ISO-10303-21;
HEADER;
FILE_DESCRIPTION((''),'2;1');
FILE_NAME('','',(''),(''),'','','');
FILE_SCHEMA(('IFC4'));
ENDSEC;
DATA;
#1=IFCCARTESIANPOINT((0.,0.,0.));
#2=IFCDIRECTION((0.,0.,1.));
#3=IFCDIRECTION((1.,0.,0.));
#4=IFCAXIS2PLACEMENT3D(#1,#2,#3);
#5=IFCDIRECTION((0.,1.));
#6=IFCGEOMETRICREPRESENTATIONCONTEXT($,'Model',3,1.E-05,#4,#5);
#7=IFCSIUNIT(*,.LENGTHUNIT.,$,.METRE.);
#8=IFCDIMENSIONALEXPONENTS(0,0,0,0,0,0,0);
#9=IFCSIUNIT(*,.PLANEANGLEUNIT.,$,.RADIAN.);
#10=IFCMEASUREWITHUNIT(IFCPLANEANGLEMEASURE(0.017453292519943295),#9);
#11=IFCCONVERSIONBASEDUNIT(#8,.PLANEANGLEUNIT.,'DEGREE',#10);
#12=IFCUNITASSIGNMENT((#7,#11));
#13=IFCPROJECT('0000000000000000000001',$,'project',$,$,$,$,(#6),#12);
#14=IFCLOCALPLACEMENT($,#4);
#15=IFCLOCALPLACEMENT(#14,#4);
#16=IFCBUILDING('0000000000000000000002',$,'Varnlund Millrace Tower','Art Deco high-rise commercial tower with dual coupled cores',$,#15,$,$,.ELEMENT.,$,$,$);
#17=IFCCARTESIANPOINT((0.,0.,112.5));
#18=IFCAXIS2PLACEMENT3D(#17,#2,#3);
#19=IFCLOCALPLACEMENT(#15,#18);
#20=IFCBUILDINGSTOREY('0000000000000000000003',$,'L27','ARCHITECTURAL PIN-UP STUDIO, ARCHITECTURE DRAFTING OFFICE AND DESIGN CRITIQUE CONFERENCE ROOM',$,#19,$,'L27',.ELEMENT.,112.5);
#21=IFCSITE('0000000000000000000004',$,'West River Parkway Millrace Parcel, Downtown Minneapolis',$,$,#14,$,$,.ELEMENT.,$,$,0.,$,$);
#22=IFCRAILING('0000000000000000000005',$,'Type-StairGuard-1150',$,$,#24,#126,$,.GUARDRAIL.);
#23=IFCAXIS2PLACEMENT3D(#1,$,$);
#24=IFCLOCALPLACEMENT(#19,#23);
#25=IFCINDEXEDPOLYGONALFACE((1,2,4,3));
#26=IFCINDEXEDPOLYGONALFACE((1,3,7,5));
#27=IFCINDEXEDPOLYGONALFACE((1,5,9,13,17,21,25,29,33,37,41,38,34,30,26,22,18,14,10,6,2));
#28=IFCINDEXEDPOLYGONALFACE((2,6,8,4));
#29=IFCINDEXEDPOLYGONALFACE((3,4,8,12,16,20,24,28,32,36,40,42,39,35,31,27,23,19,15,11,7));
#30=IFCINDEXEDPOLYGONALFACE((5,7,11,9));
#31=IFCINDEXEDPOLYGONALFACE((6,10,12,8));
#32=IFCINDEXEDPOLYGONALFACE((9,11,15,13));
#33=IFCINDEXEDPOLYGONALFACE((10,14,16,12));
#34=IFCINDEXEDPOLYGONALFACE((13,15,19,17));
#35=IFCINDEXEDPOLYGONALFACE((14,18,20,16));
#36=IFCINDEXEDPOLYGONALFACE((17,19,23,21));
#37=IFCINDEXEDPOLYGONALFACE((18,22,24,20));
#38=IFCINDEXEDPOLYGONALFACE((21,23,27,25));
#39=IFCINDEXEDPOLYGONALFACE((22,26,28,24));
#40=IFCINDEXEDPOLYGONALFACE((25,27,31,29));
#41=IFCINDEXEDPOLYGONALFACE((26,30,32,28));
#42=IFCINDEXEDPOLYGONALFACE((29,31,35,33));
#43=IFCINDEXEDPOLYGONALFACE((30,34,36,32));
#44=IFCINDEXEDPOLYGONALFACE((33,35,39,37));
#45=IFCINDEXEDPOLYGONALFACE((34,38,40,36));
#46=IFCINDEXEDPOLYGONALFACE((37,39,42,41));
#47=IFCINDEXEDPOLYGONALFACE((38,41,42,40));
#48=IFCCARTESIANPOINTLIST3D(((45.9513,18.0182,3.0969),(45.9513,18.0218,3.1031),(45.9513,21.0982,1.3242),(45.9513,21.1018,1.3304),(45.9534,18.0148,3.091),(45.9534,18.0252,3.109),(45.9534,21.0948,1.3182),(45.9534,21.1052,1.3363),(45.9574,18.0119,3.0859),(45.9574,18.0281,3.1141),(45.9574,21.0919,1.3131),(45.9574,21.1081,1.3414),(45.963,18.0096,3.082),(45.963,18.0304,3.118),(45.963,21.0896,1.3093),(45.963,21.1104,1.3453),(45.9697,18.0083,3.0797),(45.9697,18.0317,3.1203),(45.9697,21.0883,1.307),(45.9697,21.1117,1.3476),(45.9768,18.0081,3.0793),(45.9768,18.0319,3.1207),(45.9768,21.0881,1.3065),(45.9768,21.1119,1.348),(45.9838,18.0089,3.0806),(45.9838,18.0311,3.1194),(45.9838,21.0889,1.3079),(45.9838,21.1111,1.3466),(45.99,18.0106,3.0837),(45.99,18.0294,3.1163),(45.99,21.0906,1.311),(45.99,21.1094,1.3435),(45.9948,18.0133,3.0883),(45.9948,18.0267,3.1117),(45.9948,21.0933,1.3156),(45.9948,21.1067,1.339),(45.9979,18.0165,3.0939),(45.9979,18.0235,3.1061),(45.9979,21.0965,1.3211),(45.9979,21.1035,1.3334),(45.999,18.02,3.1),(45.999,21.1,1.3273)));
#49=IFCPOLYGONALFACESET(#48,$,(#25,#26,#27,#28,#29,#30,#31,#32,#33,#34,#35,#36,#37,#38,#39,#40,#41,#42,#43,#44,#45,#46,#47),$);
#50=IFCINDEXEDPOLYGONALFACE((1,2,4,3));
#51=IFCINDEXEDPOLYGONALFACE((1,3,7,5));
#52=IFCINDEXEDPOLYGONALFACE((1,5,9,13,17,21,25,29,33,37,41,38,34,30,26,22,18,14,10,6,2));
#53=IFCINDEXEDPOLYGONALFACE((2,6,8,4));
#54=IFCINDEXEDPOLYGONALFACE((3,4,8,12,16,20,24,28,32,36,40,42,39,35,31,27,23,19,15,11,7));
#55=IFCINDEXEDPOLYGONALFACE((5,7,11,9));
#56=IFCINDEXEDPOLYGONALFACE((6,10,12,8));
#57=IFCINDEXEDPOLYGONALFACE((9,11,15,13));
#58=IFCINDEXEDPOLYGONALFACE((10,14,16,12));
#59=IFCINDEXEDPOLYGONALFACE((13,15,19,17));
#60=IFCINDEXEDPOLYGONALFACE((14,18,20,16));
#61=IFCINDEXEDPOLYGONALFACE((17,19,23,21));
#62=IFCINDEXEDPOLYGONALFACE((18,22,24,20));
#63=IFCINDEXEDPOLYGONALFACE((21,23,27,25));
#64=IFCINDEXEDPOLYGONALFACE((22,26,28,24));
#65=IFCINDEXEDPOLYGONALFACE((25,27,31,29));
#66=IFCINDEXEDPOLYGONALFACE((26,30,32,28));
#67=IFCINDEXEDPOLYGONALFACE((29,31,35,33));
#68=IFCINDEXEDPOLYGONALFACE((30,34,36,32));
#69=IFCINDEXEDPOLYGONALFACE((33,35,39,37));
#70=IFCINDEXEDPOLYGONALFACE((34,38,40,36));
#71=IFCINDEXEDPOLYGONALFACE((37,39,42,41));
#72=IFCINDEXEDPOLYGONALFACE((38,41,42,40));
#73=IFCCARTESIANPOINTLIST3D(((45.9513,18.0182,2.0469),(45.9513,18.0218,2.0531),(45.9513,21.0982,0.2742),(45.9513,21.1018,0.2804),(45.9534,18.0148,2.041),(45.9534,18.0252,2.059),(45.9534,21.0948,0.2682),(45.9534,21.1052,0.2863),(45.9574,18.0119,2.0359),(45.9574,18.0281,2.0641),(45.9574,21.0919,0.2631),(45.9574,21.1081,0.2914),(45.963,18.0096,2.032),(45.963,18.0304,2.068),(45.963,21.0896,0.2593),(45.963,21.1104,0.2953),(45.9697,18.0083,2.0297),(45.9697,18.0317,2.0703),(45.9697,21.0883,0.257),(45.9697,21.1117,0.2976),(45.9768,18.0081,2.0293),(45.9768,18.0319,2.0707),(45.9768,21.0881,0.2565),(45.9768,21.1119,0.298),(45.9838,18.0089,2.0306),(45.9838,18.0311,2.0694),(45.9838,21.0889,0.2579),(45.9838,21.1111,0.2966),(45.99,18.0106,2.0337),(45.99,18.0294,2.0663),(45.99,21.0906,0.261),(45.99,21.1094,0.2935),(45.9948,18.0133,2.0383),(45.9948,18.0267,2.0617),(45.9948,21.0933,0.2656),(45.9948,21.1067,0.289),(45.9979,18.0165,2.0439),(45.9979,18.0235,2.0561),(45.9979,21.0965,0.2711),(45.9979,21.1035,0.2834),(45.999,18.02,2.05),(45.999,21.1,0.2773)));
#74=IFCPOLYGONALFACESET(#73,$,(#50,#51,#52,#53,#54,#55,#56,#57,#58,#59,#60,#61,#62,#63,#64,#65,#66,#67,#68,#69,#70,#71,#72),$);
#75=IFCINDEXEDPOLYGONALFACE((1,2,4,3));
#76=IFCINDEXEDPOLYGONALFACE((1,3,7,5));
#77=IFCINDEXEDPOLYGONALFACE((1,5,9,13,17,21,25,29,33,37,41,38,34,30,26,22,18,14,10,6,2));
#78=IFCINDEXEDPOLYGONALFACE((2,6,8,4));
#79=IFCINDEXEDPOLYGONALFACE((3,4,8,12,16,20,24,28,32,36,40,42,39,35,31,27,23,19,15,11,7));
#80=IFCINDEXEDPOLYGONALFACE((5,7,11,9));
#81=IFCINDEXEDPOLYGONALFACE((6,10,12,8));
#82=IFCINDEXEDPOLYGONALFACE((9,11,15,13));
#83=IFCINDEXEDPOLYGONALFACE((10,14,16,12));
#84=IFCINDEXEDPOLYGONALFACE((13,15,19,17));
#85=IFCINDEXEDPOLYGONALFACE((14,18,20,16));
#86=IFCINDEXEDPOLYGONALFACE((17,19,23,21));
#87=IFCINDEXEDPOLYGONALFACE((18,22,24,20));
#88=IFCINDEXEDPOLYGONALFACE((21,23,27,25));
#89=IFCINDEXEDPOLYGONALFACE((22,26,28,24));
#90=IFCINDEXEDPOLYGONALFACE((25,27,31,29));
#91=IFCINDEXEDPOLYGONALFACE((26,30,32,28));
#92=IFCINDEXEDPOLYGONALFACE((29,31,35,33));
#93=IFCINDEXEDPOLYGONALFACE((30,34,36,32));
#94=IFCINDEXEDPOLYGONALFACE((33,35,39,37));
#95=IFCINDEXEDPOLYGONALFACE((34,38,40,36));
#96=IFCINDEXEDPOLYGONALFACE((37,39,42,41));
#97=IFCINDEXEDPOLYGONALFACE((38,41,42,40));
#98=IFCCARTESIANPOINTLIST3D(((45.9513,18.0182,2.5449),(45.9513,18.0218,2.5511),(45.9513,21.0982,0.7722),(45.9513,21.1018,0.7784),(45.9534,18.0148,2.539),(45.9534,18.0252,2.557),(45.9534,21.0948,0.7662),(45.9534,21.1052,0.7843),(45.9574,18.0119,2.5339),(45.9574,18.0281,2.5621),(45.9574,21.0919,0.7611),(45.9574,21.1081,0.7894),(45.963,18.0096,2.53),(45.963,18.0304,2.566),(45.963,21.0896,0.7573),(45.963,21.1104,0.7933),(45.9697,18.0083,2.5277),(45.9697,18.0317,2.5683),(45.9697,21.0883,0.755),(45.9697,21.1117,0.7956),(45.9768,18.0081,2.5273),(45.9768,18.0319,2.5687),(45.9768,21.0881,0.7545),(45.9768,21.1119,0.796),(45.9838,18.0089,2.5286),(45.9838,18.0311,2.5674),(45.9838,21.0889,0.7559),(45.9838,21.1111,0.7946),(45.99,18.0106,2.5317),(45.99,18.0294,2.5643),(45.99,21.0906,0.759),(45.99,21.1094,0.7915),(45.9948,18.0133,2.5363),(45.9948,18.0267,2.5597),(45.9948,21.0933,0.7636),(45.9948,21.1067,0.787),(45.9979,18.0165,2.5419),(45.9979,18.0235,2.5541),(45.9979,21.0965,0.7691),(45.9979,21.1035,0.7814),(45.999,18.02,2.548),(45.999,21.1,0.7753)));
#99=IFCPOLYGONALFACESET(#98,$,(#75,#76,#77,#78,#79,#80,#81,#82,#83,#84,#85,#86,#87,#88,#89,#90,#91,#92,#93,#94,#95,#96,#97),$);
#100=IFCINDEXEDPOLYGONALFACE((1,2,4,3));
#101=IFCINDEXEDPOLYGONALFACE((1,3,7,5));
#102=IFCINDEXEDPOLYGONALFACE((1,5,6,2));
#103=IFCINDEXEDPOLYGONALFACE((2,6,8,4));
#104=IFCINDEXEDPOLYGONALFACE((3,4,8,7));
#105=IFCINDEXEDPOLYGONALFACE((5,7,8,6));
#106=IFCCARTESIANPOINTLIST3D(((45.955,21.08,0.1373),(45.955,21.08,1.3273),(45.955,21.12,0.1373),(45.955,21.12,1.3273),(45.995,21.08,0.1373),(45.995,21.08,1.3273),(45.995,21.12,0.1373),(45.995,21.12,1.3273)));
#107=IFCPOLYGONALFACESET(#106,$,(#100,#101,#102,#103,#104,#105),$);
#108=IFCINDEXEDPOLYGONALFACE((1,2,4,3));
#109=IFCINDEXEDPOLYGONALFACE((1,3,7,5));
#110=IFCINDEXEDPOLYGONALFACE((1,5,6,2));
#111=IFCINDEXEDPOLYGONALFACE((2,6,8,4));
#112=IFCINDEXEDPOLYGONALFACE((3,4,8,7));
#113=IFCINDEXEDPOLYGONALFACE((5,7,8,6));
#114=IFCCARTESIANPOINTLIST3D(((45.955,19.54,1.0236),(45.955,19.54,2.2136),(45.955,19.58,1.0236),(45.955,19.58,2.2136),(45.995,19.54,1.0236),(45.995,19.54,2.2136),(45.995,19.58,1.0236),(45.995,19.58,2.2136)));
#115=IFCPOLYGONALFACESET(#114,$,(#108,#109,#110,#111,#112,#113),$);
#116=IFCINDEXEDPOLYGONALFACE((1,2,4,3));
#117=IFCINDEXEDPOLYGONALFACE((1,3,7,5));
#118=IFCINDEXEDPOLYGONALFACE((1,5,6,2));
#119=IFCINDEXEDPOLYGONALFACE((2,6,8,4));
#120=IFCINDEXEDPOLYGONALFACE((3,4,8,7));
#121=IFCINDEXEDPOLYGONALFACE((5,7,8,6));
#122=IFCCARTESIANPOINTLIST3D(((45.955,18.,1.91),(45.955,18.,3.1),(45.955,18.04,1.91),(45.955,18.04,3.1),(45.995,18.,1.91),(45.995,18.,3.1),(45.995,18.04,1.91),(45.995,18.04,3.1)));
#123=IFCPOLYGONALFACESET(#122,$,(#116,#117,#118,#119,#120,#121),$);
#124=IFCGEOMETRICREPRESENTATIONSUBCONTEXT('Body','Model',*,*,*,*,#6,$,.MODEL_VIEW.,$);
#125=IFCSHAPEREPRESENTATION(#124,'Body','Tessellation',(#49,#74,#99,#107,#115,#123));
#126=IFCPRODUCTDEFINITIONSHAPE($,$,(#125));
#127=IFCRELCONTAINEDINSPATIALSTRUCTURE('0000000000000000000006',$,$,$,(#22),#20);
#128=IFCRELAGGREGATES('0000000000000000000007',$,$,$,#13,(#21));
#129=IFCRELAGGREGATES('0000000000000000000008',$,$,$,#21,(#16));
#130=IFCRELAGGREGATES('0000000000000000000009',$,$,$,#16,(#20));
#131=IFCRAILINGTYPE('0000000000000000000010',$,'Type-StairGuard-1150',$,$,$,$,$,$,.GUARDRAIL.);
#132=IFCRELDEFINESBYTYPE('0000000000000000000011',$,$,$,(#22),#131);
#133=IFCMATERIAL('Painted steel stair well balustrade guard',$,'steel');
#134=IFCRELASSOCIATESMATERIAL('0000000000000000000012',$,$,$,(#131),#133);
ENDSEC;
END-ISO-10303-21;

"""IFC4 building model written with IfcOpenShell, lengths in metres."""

from ifc_helpers import new_model, entity, si_unit, converted_unit, direction, frame, origin_with_axes, origin_2d_with_axis, place, context, subcontext, project, spatial, rectangle, circle, extrude, material, type_object, element, save


model = new_model("IFC4")

# Units and contexts
model_context = context("Model", 3, precision=1e-05, world=origin_with_axes(), true_north=direction((0.0, 1.0)))
body_context = subcontext(model_context, "Body", "Model", "MODEL_VIEW")
ifc_project = project(units=[si_unit("LENGTHUNIT", "METRE"), converted_unit("PLANEANGLEUNIT", "DEGREE", entity("IfcPlaneAngleMeasure", 0.017453292519943295), si_unit("PLANEANGLEUNIT", "RADIAN"), dimensions=[0, 0, 0, 0, 0, 0, 0])], contexts=[model_context])

# Site, building, storey
site_placement = place(None, origin_with_axes())
site = spatial("IfcSite", under=ifc_project, at=site_placement, Name="West River Parkway Millrace Parcel, Downtown Minneapolis", CompositionType="ELEMENT", RefElevation=0.0)
building_placement = place(site_placement, origin_with_axes())
building = spatial("IfcBuilding", under=site, at=building_placement, Name="Varnlund Millrace Tower", Description="Art Deco high-rise commercial tower with dual coupled cores", CompositionType="ELEMENT")
storey_placement = place(building_placement, frame((0.0, 0.0, 112.5), z_axis=(0.0, 0.0, 1.0), x_axis=(1.0, 0.0, 0.0)))
storey = spatial("IfcBuildingStorey", under=building, at=storey_placement, Name="L27", Description="ARCHITECTURAL PIN-UP STUDIO, ARCHITECTURE DRAFTING OFFICE AND DESIGN CRITIQUE CONFERENCE ROOM", LongName="L27", CompositionType="ELEMENT", Elevation=112.5)

# Railing
ifc_material_1 = material(Name="Painted steel stair well balustrade guard", Category="steel")
railing_type_1 = type_object("IfcRailingType", Name="Type-StairGuard-1150", PredefinedType="GUARDRAIL", material=ifc_material_1)
railing_1_placement = place(storey_placement, frame((0.0, 0.0, -112.5), z_axis=(0.0, 0.0, 1.0), x_axis=(1.0, 0.0, 0.0)))
element("IfcRailing", 1, at=railing_1_placement, inside=storey, type_object=railing_type_1, Name="Type-StairGuard-1150", PredefinedType="GUARDRAIL", context=body_context, shape_type="SweptSolid", body=[
    extrude(circle(Radius=0.024, at=origin_2d_with_axis()), frame((45.975, 21.1, 113.8273), z_axis=(0.0, -0.866696, 0.498836), x_axis=(1.0, 0.0, 0.0)), (0.0, 0.0, 1.0), 3.5537),
    extrude(circle(Radius=0.024, at=origin_2d_with_axis()), frame((45.975, 21.1, 112.7773), z_axis=(0.0, -0.866696, 0.498836), x_axis=(1.0, 0.0, 0.0)), (0.0, 0.0, 1.0), 3.5537),
    extrude(circle(Radius=0.024, at=origin_2d_with_axis()), frame((45.975, 21.1, 113.2753), z_axis=(0.0, -0.866696, 0.498836), x_axis=(1.0, 0.0, 0.0)), (0.0, 0.0, 1.0), 3.5537),
    extrude(rectangle(XDim=0.04, YDim=0.04, at=origin_2d_with_axis()), frame((45.975, 21.1, 112.6373), z_axis=(0.0, 0.0, 1.0), x_axis=(1.0, 0.0, 0.0)), (0.0, 0.0, 1.0), 1.19),
    extrude(rectangle(XDim=0.04, YDim=0.04, at=origin_2d_with_axis()), frame((45.975, 19.56, 113.5236), z_axis=(0.0, 0.0, 1.0), x_axis=(1.0, 0.0, 0.0)), (0.0, 0.0, 1.0), 1.19),
    extrude(rectangle(XDim=0.04, YDim=0.04, at=origin_2d_with_axis()), frame((45.975, 18.02, 114.41), z_axis=(0.0, 0.0, 1.0), x_axis=(1.0, 0.0, 0.0)), (0.0, 0.0, 1.0), 1.19),
])

save(model, "model.ifc")
